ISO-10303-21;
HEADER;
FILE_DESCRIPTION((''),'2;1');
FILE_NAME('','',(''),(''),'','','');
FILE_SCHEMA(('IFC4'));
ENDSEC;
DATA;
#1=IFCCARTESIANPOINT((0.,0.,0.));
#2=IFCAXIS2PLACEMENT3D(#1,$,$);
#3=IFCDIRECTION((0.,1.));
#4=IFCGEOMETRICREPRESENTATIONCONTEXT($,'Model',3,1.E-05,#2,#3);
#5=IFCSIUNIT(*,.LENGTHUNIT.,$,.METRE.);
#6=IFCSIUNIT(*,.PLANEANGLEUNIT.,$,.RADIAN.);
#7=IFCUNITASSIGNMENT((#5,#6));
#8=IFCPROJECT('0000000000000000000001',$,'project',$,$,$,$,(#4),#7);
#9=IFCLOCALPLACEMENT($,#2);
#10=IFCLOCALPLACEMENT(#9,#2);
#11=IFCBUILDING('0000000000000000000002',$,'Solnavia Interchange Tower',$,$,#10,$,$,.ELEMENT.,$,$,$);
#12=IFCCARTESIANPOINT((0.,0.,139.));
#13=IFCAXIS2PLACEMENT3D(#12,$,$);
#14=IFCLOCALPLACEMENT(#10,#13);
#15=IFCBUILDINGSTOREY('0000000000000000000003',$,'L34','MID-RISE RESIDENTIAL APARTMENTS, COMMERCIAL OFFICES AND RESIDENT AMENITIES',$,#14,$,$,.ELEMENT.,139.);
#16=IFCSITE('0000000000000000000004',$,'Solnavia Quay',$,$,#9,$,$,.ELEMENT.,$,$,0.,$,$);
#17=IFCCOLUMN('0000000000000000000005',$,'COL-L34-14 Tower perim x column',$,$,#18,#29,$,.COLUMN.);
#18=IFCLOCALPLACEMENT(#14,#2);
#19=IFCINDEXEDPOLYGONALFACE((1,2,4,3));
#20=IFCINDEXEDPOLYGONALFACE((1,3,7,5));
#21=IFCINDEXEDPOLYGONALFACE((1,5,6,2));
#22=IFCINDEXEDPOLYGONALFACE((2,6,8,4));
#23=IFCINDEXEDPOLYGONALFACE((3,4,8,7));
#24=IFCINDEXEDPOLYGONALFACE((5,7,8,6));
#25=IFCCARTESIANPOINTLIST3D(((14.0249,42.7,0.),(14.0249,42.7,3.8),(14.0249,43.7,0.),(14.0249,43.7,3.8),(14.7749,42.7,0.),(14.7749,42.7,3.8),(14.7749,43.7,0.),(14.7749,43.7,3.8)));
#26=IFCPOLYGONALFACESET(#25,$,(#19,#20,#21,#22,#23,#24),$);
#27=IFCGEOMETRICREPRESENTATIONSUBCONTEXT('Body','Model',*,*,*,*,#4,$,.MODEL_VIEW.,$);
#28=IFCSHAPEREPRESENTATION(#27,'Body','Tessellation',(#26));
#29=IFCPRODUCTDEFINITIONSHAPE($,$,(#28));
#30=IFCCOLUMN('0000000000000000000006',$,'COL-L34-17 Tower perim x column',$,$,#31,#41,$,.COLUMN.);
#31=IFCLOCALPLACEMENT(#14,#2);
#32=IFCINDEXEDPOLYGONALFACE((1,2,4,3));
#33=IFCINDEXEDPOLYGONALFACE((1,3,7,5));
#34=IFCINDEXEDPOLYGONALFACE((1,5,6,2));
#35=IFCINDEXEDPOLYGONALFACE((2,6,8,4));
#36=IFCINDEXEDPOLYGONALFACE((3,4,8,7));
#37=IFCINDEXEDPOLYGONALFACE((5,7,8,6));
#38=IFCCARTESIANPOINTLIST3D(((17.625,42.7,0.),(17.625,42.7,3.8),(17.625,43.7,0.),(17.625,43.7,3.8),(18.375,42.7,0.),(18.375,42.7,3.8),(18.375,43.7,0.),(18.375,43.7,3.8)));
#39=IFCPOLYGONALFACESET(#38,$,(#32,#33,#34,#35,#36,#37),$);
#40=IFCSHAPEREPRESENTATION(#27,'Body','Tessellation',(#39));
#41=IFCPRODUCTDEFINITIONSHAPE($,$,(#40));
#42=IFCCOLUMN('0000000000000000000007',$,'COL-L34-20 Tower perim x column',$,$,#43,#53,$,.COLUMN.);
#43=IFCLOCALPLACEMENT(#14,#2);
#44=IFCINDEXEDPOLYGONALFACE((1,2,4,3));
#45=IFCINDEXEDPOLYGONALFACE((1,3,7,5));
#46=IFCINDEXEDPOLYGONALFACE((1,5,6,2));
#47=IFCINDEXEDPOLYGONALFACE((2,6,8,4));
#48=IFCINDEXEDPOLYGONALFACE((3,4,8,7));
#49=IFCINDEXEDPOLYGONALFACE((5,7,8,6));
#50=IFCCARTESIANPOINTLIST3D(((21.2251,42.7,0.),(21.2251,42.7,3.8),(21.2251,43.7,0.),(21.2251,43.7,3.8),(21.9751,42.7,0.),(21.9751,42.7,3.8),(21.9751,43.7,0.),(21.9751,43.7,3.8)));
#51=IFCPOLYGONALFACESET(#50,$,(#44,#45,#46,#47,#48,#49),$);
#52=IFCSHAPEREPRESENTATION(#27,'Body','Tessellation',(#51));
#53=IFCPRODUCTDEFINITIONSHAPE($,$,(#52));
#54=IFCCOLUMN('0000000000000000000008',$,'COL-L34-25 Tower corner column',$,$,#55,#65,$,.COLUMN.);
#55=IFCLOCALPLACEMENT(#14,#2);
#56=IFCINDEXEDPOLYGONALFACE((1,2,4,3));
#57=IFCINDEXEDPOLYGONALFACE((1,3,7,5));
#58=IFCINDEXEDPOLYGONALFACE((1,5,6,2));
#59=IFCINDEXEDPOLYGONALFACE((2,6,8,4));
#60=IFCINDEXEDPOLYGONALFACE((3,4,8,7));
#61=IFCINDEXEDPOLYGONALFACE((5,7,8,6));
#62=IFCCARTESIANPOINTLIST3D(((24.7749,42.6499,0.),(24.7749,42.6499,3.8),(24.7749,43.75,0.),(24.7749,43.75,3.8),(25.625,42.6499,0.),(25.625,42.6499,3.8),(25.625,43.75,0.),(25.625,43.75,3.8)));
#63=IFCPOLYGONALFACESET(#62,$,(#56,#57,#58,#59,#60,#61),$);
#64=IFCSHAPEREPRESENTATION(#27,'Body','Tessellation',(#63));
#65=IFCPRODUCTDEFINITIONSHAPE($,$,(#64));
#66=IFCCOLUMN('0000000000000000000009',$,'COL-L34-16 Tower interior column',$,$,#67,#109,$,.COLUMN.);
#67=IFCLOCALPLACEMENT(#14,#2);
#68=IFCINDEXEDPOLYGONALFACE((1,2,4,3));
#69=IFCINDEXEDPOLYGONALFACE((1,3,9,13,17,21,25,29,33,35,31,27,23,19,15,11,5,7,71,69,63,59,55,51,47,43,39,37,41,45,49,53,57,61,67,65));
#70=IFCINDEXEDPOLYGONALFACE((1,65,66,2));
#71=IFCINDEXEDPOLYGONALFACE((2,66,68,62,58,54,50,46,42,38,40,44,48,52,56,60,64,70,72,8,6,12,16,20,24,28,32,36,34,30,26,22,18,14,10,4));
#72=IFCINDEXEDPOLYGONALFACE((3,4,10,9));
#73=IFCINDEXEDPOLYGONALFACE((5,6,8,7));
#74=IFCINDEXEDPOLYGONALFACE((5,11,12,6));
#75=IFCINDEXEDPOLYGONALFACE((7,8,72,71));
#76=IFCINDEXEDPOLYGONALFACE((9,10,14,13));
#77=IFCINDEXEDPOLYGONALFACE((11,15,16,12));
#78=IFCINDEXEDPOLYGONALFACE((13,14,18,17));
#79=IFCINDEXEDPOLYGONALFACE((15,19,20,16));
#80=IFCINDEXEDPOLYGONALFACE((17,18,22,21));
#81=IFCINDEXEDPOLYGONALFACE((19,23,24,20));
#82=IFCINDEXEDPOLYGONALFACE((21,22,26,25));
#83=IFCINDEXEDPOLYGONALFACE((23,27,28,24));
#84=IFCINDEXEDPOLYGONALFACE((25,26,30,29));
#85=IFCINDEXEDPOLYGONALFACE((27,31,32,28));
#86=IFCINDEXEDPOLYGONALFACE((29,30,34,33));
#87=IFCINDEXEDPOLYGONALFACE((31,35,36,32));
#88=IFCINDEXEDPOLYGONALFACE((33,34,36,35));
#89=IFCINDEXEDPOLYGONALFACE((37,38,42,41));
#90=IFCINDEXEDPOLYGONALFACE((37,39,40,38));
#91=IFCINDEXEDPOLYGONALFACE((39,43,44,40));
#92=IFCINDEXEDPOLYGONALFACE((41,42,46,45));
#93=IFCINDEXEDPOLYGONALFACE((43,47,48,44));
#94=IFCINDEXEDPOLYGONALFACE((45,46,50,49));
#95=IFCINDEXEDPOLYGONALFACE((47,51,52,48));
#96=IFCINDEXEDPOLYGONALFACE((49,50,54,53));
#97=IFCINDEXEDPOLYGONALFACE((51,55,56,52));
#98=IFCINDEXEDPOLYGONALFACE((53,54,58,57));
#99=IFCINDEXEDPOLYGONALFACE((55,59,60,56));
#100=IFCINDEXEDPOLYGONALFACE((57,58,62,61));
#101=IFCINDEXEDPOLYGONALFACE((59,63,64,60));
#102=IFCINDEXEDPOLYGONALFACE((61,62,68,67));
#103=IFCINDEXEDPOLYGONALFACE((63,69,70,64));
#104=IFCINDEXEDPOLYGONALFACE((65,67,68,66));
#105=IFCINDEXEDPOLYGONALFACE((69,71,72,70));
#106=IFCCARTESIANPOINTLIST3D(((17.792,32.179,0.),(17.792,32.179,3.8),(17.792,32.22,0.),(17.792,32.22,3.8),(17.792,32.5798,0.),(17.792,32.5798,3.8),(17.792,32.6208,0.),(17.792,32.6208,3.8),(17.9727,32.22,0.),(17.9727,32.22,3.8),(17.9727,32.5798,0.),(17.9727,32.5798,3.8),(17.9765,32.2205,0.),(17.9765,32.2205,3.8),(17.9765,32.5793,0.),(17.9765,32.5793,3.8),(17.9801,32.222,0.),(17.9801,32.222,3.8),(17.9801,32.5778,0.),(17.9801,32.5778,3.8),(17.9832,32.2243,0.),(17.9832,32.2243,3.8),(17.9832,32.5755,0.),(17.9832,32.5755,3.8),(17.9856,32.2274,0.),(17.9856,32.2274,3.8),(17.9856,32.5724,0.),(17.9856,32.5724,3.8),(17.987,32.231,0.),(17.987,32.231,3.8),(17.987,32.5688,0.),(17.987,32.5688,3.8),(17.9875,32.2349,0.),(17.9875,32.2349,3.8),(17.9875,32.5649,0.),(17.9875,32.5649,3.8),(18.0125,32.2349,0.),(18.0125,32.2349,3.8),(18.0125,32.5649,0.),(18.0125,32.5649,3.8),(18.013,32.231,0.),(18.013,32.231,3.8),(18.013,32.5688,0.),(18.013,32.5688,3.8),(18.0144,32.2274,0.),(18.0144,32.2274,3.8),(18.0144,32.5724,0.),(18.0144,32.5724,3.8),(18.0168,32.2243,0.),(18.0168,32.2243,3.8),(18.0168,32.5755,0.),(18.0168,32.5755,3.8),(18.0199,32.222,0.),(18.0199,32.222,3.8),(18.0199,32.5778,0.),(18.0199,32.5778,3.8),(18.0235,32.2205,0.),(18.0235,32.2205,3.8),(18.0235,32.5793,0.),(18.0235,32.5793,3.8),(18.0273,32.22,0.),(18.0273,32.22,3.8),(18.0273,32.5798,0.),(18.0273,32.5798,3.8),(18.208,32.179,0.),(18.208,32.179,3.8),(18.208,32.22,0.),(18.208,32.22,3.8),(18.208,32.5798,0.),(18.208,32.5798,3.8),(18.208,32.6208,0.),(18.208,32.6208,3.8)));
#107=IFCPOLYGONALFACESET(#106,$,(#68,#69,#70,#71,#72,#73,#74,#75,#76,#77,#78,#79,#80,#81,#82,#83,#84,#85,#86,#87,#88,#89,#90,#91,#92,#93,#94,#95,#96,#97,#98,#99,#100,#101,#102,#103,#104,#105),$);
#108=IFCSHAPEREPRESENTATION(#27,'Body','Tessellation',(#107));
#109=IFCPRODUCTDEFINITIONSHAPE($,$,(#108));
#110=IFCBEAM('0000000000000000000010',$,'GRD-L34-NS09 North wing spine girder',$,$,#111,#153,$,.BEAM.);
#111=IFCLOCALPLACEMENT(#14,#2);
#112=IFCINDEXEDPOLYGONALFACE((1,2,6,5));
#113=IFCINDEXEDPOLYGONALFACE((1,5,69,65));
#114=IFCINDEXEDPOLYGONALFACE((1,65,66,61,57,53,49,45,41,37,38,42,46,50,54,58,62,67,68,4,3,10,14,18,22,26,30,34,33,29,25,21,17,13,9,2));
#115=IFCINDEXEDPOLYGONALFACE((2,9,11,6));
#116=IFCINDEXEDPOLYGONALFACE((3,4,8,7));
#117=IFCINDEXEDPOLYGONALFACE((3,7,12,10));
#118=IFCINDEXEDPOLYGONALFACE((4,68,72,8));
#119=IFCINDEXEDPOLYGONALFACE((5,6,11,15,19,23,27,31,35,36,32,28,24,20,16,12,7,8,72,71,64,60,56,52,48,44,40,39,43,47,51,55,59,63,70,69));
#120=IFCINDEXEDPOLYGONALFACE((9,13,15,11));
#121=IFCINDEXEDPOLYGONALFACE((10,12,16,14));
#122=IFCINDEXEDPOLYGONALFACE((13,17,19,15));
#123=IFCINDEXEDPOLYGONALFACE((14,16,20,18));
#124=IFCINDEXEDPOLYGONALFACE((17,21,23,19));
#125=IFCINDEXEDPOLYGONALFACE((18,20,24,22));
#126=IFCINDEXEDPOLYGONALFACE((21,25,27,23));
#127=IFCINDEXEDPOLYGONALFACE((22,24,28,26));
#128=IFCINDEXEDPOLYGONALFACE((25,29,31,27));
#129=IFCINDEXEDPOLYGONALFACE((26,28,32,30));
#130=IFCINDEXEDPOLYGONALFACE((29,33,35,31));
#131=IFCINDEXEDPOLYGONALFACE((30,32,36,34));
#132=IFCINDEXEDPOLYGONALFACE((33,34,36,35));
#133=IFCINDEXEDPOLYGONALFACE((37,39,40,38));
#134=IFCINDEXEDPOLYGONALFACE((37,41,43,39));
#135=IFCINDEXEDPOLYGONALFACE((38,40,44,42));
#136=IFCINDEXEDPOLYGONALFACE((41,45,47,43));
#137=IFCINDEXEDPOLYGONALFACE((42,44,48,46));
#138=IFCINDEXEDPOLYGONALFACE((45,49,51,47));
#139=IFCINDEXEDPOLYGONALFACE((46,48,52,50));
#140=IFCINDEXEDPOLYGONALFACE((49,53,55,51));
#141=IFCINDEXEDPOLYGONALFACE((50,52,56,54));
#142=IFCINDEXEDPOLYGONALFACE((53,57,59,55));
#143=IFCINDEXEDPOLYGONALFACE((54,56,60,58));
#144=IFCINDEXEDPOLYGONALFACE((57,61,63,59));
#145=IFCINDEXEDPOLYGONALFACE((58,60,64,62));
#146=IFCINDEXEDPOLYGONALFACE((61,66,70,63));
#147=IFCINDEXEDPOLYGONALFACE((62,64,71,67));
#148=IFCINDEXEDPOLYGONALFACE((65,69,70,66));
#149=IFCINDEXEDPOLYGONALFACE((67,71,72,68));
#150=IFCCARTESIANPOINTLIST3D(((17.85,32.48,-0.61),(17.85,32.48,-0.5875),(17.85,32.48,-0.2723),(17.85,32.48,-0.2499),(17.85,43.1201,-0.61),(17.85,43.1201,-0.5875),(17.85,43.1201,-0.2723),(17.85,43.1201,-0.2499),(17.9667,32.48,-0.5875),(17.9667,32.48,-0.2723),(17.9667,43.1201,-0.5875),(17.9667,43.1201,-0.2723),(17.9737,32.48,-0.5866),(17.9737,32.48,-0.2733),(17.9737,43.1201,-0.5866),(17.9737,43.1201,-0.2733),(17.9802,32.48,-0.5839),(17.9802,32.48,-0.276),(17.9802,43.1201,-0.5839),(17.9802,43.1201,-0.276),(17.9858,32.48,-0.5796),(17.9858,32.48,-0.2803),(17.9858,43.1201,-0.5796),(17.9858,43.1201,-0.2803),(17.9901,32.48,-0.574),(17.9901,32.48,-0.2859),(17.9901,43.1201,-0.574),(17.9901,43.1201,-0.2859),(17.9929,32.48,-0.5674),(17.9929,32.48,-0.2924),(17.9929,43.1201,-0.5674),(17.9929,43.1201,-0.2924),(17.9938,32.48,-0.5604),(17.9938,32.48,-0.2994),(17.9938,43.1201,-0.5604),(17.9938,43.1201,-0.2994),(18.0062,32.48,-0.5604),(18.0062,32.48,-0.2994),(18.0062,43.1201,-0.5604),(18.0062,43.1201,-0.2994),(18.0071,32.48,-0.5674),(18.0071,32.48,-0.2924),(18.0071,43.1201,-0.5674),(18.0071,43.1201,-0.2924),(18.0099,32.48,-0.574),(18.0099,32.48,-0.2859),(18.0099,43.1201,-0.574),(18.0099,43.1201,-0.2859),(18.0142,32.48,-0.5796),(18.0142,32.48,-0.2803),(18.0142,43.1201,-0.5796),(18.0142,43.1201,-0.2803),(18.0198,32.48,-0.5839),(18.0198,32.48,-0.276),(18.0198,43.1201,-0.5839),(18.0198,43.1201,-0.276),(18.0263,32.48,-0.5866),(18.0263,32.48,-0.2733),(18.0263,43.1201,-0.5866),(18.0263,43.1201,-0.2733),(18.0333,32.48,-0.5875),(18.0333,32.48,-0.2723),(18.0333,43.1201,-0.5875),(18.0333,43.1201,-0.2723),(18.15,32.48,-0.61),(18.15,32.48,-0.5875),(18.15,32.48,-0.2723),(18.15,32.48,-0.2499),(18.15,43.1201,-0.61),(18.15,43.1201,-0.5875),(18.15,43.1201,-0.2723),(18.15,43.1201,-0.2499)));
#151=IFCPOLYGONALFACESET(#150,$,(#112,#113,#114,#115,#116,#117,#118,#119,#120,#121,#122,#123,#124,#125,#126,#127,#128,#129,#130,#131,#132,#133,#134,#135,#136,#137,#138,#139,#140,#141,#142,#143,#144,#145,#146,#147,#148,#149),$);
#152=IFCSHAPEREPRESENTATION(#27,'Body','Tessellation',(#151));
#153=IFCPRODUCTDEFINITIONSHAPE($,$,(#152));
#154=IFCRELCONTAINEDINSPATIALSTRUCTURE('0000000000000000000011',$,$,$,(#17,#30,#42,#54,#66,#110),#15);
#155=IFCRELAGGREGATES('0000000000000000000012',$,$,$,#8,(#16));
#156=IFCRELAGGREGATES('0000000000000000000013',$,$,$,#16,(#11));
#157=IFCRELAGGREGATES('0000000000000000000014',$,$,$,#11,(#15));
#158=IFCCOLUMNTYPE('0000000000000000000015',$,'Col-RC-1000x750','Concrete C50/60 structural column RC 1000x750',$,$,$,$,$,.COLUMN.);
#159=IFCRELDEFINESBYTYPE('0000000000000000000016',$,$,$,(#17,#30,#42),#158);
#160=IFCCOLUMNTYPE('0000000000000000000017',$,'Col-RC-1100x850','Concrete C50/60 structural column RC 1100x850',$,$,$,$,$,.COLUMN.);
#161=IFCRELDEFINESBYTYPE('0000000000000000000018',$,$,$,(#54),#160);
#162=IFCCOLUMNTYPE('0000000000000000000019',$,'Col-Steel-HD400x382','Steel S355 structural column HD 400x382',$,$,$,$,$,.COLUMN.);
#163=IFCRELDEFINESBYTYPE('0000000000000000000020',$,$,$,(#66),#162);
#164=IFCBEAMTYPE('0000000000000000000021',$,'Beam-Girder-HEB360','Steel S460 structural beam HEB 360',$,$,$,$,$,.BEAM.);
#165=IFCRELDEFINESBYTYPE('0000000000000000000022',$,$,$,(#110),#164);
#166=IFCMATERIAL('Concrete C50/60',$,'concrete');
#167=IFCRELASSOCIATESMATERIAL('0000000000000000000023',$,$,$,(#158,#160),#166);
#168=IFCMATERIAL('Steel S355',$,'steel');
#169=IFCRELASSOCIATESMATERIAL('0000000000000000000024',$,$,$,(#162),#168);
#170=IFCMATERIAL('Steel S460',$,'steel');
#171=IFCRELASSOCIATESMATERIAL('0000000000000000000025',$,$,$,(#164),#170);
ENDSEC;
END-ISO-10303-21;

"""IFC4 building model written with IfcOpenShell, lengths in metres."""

from ifc_helpers import new_model, si_unit, direction, frame, origin, origin_2d, place, context, subcontext, project, spatial, rectangle, i_section, extrude, material, material_profile, profile_set, type_object, element, save


model = new_model("IFC4")

# Units and contexts
model_context = context("Model", 3, precision=1e-05, world=origin(), true_north=direction((0.0, 1.0)))
body_context = subcontext(model_context, "Body", "Model", "MODEL_VIEW")
ifc_project = project(units=[si_unit("LENGTHUNIT", "METRE"), si_unit("PLANEANGLEUNIT", "RADIAN")], contexts=[model_context])

# Site, building, storey
site_placement = place(None, origin())
site = spatial("IfcSite", under=ifc_project, at=site_placement, Name="Solnavia Quay", CompositionType="ELEMENT", RefElevation=0.0)
building_placement = place(site_placement, origin())
building = spatial("IfcBuilding", under=site, at=building_placement, Name="Solnavia Interchange Tower", CompositionType="ELEMENT")
storey_placement = place(building_placement, frame((0.0, 0.0, 139.0)))
storey = spatial("IfcBuildingStorey", under=building, at=storey_placement, Name="L34", Description="MID-RISE RESIDENTIAL APARTMENTS, COMMERCIAL OFFICES AND RESIDENT AMENITIES", CompositionType="ELEMENT", Elevation=139.0)

# Columns
ifc_material_1 = material(Name="Concrete C50/60", Category="concrete")
ifc_material_profile_1 = material_profile(ifc_material_1, rectangle(XDim=0.75, YDim=1.0, at=origin_2d()), Name="RC 1000x750")
ifc_profile_set_1 = profile_set([ifc_material_profile_1], Name="Concrete C50/60")
column_type_1 = type_object("IfcColumnType", Name="Col-RC-1000x750", Description="Concrete C50/60 structural column RC 1000x750", PredefinedType="COLUMN", material=ifc_profile_set_1)
for number, where, z_axis, x_axis, name in (
    (1, (14.3999, 43.2, 0.0), (0.0, 0.0, 1.0), (1.0, 0.0, 0.0), "COL-L34-14 Tower perim x column"),
    (2, (18.0, 43.2, 0.0), (0.0, 0.0, 1.0), (1.0, 0.0, 0.0), "COL-L34-17 Tower perim x column"),
    (3, (21.6001, 43.2, 0.0), (0.0, 0.0, 1.0), (1.0, 0.0, 0.0), "COL-L34-20 Tower perim x column"),
):
    element("IfcColumn", number, at=place(storey_placement, frame(where, z_axis=z_axis, x_axis=x_axis)), inside=storey, type_object=column_type_1, Name=name, PredefinedType="COLUMN", context=body_context, shape_type="SweptSolid", body=[
        extrude(rectangle(XDim=0.75, YDim=1.0, at=origin_2d()), origin(), (0.0, 0.0, 1.0), 3.8),
    ])
ifc_material_profile_2 = material_profile(ifc_material_1, rectangle(XDim=0.8501, YDim=1.1001, at=origin_2d()), Name="RC 1100x850")
ifc_profile_set_2 = profile_set([ifc_material_profile_2], Name="Concrete C50/60")
column_type_2 = type_object("IfcColumnType", Name="Col-RC-1100x850", Description="Concrete C50/60 structural column RC 1100x850", PredefinedType="COLUMN", material=ifc_profile_set_2)
column_1_placement = place(storey_placement, frame((25.2, 43.2, 0.0), z_axis=(0.0, 0.0, 1.0), x_axis=(1.0, 0.0, 0.0)))
element("IfcColumn", 4, at=column_1_placement, inside=storey, type_object=column_type_2, Name="COL-L34-25 Tower corner column", PredefinedType="COLUMN", context=body_context, shape_type="SweptSolid", body=[
    extrude(rectangle(XDim=0.8501, YDim=1.1001, at=origin_2d()), origin(), (0.0, 0.0, 1.0), 3.8),
])
ifc_material_2 = material(Name="Steel S355", Category="steel")
ifc_material_profile_3 = material_profile(ifc_material_2, i_section(OverallWidth=0.416, OverallDepth=0.4419, WebThickness=0.0249, FlangeThickness=0.041, FilletRadius=0.0149, at=origin_2d()), Name="HD 400x382")
ifc_profile_set_3 = profile_set([ifc_material_profile_3], Name="Steel S355")
column_type_3 = type_object("IfcColumnType", Name="Col-Steel-HD400x382", Description="Steel S355 structural column HD 400x382", PredefinedType="COLUMN", material=ifc_profile_set_3)
column_2_placement = place(storey_placement, frame((18.0, 32.3999, 0.0), z_axis=(0.0, 0.0, 1.0), x_axis=(1.0, 0.0, 0.0)))
element("IfcColumn", 5, at=column_2_placement, inside=storey, type_object=column_type_3, Name="COL-L34-16 Tower interior column", PredefinedType="COLUMN", context=body_context, shape_type="SweptSolid", body=[
    extrude(i_section(OverallWidth=0.416, OverallDepth=0.4419, WebThickness=0.0249, FlangeThickness=0.041, FilletRadius=0.0149, at=origin_2d()), origin(), (0.0, 0.0, 1.0), 3.8),
])

# Beam
ifc_material_3 = material(Name="Steel S460", Category="steel")
ifc_material_profile_4 = material_profile(ifc_material_3, i_section(OverallWidth=0.3, OverallDepth=0.3601, WebThickness=0.0125, FlangeThickness=0.0225, FilletRadius=0.0271, at=origin_2d()), Name="HEB 360")
ifc_profile_set_4 = profile_set([ifc_material_profile_4], Name="Steel S460")
beam_type_1 = type_object("IfcBeamType", Name="Beam-Girder-HEB360", Description="Steel S460 structural beam HEB 360", PredefinedType="BEAM", material=ifc_profile_set_4)
beam_1_placement = place(storey_placement, frame((18.0, 32.48, -0.4299), z_axis=(0.0, 1.0, 0.0), x_axis=(-1.0, 0.0, 0.0)))
element("IfcBeam", 6, at=beam_1_placement, inside=storey, type_object=beam_type_1, Name="GRD-L34-NS09 North wing spine girder", PredefinedType="BEAM", context=body_context, shape_type="SweptSolid", body=[
    extrude(i_section(OverallWidth=0.3, OverallDepth=0.3601, WebThickness=0.0125, FlangeThickness=0.0225, FilletRadius=0.0271, at=origin_2d()), origin(), (0.0, 0.0, 1.0), 10.6401),
])

save(model, "model.ifc")
